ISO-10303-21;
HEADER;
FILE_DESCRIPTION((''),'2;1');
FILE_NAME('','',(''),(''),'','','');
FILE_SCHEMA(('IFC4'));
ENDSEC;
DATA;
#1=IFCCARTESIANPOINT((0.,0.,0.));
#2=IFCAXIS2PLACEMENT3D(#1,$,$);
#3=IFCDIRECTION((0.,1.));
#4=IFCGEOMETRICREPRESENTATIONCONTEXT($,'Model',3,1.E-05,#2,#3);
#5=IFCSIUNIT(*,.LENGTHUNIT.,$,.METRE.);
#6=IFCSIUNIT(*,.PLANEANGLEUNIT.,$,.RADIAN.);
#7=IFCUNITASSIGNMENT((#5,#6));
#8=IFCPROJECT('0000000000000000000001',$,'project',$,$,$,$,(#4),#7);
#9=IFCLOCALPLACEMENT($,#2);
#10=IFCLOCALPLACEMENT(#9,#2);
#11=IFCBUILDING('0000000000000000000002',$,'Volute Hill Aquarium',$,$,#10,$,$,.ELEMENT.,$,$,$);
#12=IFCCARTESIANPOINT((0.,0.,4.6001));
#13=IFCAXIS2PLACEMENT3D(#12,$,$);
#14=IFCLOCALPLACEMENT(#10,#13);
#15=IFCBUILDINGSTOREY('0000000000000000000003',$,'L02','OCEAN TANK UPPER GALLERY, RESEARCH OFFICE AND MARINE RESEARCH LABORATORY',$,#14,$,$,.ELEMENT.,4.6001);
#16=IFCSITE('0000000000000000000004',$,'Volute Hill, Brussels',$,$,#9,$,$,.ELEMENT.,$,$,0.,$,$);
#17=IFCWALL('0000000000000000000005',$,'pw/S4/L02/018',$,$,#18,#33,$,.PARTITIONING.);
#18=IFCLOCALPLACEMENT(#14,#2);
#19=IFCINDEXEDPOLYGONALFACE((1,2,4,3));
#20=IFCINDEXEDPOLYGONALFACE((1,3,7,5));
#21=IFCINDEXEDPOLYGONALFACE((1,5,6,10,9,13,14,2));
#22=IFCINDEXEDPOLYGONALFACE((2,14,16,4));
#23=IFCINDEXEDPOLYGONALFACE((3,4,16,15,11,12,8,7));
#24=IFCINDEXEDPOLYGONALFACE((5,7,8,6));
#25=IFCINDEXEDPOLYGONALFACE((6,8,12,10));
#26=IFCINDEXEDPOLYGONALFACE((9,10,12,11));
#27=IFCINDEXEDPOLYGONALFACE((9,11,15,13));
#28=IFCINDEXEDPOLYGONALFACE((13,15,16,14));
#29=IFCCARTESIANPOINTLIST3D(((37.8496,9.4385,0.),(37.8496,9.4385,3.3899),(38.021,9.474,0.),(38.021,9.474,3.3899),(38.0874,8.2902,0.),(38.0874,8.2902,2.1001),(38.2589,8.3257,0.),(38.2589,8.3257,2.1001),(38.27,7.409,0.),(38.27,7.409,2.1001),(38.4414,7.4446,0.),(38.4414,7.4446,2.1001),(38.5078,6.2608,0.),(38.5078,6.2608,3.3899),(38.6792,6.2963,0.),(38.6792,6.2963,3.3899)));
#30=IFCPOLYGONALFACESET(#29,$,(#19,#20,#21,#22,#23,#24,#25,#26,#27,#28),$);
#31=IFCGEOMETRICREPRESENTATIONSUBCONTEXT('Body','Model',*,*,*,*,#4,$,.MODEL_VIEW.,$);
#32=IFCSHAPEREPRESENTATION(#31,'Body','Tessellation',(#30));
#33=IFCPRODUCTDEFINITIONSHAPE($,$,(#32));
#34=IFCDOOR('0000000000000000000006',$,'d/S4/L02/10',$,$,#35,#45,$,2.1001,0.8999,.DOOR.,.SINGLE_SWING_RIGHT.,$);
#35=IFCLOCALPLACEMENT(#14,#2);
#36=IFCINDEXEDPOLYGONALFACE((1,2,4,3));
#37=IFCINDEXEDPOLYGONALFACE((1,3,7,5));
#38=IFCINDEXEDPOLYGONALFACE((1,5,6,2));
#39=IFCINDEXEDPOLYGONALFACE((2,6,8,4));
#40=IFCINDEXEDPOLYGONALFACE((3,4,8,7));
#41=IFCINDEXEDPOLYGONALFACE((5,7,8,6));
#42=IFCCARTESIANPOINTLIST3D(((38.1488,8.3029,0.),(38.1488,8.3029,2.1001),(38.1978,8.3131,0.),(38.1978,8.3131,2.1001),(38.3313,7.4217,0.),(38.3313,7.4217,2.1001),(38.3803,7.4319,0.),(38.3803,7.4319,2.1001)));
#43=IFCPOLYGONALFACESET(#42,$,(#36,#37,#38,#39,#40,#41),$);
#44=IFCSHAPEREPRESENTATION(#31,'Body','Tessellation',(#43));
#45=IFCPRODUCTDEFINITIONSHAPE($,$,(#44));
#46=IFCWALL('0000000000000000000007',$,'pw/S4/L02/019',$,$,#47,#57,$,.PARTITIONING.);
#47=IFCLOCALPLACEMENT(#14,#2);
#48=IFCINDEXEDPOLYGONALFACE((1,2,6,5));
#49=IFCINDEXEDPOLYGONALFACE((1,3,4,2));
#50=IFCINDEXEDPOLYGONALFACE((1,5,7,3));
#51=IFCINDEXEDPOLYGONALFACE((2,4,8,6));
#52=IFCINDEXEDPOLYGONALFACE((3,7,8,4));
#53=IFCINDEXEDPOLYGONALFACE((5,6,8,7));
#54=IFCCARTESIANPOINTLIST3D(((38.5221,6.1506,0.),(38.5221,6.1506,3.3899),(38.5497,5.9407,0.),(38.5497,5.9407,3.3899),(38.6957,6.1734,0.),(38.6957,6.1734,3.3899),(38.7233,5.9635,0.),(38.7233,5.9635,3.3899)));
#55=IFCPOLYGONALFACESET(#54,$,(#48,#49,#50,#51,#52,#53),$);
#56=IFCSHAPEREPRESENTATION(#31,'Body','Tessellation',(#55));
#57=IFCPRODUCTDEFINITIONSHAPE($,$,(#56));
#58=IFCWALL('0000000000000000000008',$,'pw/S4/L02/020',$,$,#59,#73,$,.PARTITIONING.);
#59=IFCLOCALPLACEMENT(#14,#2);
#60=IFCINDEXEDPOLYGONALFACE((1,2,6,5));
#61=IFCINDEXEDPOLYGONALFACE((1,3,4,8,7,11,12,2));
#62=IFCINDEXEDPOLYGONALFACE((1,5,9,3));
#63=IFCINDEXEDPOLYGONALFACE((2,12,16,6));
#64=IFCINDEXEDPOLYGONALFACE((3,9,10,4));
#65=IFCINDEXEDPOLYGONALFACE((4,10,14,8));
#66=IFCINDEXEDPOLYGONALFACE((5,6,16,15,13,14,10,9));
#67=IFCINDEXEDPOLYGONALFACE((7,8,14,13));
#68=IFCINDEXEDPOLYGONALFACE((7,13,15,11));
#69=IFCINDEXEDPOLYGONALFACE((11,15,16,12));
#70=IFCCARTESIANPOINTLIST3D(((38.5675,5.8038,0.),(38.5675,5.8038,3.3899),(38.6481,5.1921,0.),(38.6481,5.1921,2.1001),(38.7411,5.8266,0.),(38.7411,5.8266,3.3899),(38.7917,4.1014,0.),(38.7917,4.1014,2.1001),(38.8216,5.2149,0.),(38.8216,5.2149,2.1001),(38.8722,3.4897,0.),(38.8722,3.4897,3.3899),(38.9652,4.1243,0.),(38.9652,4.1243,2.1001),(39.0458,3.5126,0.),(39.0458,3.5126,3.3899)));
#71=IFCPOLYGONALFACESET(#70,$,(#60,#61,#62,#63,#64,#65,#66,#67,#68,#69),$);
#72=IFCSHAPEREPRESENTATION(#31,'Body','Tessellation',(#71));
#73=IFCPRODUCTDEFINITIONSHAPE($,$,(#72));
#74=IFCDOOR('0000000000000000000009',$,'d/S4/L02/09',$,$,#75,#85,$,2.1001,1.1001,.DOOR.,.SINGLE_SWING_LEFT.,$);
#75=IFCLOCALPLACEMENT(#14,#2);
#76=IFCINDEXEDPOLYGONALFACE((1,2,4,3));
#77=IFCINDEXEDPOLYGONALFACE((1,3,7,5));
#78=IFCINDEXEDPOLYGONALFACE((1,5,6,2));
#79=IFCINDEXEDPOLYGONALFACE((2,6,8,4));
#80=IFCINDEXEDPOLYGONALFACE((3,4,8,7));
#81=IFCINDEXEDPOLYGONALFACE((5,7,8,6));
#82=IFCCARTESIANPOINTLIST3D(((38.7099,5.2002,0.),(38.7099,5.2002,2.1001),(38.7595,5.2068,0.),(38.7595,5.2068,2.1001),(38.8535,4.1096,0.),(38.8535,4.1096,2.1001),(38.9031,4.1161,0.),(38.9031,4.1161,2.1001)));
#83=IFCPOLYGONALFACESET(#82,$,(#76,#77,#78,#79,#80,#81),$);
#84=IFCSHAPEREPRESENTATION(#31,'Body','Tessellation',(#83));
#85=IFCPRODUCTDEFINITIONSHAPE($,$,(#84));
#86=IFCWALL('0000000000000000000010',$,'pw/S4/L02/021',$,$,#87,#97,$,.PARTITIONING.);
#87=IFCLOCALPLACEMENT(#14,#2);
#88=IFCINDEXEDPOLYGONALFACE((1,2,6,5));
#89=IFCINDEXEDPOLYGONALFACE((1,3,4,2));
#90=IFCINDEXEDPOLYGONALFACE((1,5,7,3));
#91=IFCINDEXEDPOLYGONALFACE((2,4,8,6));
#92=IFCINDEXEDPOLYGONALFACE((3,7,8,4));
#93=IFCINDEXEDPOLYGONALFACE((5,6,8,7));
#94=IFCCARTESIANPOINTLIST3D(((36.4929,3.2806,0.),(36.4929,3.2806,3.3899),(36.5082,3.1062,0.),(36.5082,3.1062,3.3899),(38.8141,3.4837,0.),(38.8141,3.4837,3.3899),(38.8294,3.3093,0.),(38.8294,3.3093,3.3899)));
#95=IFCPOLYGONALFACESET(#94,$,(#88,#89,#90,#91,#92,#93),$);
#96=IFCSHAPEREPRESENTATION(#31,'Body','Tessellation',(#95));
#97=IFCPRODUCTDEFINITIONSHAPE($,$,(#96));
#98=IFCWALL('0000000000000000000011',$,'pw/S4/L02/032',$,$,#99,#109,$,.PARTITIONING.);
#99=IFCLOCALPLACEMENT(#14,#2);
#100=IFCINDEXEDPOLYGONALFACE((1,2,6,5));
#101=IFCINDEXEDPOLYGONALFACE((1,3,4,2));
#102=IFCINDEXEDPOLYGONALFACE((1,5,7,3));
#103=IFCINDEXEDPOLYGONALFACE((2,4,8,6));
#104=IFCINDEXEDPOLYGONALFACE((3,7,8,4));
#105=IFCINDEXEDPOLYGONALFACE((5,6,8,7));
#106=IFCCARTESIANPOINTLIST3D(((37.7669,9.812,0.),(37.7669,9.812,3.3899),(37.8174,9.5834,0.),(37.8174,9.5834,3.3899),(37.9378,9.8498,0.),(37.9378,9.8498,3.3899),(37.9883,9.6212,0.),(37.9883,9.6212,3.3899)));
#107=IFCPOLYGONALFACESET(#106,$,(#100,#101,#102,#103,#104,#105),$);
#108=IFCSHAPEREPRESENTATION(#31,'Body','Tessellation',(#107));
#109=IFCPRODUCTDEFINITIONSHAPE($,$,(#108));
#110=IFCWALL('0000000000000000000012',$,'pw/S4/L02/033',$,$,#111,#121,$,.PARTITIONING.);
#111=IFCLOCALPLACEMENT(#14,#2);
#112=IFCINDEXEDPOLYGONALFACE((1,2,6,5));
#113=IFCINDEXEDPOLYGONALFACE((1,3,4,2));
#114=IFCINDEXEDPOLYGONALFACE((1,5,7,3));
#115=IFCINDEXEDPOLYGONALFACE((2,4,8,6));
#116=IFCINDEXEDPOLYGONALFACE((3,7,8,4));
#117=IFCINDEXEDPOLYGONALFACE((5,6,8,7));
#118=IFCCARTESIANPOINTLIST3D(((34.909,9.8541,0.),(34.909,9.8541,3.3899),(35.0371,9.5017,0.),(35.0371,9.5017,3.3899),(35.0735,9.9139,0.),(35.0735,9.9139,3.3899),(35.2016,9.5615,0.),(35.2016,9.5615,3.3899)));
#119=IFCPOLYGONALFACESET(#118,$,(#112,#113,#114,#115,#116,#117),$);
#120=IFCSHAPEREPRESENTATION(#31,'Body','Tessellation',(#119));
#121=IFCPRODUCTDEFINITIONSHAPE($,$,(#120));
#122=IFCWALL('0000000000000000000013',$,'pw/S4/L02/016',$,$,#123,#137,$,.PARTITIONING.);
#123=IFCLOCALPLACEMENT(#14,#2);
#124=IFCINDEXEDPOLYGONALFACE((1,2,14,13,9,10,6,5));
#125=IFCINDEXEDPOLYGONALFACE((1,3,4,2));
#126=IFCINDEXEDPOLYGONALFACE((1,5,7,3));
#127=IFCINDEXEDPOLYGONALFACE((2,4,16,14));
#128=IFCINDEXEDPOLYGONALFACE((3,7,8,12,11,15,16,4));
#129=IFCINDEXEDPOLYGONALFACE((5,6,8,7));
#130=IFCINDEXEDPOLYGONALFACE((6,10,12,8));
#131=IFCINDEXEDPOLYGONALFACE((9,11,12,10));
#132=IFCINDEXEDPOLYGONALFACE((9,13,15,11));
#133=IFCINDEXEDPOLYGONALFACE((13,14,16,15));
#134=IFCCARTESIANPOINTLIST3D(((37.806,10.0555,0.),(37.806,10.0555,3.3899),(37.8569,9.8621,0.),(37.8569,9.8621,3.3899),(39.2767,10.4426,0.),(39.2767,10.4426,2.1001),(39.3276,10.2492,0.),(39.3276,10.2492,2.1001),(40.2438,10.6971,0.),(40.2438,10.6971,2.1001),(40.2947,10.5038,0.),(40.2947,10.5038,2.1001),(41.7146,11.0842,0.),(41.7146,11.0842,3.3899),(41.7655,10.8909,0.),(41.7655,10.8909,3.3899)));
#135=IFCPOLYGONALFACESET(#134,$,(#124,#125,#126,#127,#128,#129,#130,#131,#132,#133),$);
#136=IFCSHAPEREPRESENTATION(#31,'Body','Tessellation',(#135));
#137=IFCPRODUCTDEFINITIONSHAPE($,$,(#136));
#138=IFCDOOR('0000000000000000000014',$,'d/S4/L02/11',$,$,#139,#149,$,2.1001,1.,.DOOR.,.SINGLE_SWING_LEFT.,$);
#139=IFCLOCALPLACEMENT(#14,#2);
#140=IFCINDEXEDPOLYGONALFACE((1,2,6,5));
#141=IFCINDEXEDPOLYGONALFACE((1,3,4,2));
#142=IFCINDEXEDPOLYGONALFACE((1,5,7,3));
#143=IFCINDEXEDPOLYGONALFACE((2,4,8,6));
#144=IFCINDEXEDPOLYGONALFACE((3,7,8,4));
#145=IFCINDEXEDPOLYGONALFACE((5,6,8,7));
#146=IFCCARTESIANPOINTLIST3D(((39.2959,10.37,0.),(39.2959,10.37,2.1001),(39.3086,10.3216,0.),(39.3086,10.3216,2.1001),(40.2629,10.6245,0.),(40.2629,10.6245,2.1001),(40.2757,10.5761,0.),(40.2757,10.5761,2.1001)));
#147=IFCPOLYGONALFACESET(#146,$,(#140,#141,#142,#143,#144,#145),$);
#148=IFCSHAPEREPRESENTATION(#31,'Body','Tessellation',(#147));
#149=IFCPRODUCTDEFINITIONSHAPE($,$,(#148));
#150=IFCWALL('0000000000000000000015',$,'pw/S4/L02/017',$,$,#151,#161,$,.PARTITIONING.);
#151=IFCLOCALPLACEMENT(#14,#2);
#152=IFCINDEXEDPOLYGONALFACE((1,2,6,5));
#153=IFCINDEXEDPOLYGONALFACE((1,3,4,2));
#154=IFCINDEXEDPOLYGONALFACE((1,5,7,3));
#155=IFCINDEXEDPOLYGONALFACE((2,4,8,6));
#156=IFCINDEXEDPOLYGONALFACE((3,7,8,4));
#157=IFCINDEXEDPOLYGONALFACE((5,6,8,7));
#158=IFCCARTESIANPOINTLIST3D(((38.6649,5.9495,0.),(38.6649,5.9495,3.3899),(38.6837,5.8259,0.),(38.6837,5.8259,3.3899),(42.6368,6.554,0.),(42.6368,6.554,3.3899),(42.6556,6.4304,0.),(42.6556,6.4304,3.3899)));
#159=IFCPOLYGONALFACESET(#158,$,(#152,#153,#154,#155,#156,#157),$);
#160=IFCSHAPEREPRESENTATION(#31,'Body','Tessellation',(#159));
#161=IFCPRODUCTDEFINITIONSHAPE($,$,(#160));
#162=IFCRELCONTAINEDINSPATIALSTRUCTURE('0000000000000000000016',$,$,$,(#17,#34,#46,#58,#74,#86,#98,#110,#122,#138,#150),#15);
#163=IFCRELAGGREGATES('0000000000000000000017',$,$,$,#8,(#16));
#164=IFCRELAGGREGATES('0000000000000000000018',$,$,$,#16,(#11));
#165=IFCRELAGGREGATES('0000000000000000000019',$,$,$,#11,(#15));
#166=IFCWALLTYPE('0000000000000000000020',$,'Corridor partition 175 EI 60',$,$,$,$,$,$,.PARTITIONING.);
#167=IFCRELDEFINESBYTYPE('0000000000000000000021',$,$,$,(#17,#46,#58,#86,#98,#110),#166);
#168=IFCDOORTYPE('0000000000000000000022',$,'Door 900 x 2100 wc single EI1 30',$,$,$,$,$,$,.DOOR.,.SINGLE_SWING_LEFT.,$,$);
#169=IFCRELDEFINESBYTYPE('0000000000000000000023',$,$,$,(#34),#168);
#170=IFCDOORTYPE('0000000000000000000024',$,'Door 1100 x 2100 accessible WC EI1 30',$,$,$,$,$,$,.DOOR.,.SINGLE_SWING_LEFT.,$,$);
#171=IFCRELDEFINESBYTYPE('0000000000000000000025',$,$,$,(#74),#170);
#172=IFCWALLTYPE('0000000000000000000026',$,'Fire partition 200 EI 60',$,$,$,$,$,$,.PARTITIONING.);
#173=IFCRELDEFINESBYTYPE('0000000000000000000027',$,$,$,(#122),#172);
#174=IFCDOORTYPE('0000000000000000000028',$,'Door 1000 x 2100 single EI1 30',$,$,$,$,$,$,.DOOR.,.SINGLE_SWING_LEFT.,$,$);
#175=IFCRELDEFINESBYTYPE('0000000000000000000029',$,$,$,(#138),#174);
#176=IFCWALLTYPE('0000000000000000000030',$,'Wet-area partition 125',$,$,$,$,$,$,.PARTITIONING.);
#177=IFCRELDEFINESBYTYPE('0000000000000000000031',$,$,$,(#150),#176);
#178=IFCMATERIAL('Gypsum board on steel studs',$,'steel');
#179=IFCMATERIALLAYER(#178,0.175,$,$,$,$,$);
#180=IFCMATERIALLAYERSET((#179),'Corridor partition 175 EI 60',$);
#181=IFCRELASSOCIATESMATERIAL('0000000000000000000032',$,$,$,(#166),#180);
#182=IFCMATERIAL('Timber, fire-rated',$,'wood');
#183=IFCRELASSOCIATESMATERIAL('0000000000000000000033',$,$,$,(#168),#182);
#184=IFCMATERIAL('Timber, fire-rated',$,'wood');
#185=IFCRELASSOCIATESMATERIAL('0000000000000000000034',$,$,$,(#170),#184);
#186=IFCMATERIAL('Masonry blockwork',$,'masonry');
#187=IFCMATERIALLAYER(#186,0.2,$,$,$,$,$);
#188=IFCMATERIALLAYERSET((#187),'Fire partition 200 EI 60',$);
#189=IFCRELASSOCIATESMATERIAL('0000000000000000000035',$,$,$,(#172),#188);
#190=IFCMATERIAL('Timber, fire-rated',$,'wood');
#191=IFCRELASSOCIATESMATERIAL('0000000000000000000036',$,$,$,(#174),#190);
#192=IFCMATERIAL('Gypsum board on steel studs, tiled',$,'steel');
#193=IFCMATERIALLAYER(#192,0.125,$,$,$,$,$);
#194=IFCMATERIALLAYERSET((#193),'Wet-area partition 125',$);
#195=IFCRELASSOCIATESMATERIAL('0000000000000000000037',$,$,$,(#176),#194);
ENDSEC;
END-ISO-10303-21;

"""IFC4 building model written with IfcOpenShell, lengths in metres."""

from ifc_helpers import new_model, si_unit, direction, frame, frame_2d, origin, place, context, subcontext, project, spatial, rectangle, extrude, material, layer, layer_set, type_object, element, fill, save


model = new_model("IFC4")

# Units and contexts
model_context = context("Model", 3, precision=1e-05, world=origin(), true_north=direction((0.0, 1.0)))
body_context = subcontext(model_context, "Body", "Model", "MODEL_VIEW")
ifc_project = project(units=[si_unit("LENGTHUNIT", "METRE"), si_unit("PLANEANGLEUNIT", "RADIAN")], contexts=[model_context])

# Site, building, storey
site_placement = place(None, origin())
site = spatial("IfcSite", under=ifc_project, at=site_placement, Name="Volute Hill, Brussels", CompositionType="ELEMENT", RefElevation=0.0)
building_placement = place(site_placement, origin())
building = spatial("IfcBuilding", under=site, at=building_placement, Name="Volute Hill Aquarium", CompositionType="ELEMENT")
storey_placement = place(building_placement, frame((0.0, 0.0, 4.6001)))
storey = spatial("IfcBuildingStorey", under=building, at=storey_placement, Name="L02", Description="OCEAN TANK UPPER GALLERY, RESEARCH OFFICE AND MARINE RESEARCH LABORATORY", CompositionType="ELEMENT", Elevation=4.6001)

# Wall, opening, door
ifc_material_1 = material(Name="Gypsum board on steel studs", Category="steel")
ifc_layer_1 = layer(ifc_material_1, 0.175)
ifc_layer_set_1 = layer_set([ifc_layer_1], Name="Corridor partition 175 EI 60")
wall_type_1 = type_object("IfcWallType", Name="Corridor partition 175 EI 60", PredefinedType="PARTITIONING", material=ifc_layer_set_1)
wall_1_placement = place(storey_placement, frame((38.5935, 6.2786, 0.0), z_axis=(0.0, 0.0, 1.0), x_axis=(-0.202825, 0.979215, 0.0)))
wall_1 = element("IfcWall", 1, at=wall_1_placement, inside=storey, type_object=wall_type_1, Name="pw/S4/L02/018", PredefinedType="PARTITIONING", context=body_context, shape_type="SweptSolid", body=[
    extrude(rectangle(XDim=3.2451, YDim=0.175, at=frame_2d((1.6226, 0.0))), origin(), (0.0, 0.0, 1.0), 3.3899),
])
opening_1_placement = place(wall_1_placement, frame((1.1726, 0.0, 0.0)))
opening_1 = element("IfcOpeningElement", 2, at=opening_1_placement, cuts=wall_1, PredefinedType="OPENING", context=body_context, shape_type="SweptSolid", body=[
    extrude(rectangle(XDim=0.8999, YDim=2.1001, at=frame_2d((0.45, 1.05))), frame((0.0, 0.0974, 0.0), z_axis=(0.0, -1.0, 0.0), x_axis=(1.0, 0.0, 0.0)), (0.0, 0.0, 1.0), 0.1951),
])
ifc_material_2 = material(Name="Timber, fire-rated", Category="wood")
door_type_1 = type_object("IfcDoorType", Name="Door 900 x 2100 wc single EI1 30", OperationType="SINGLE_SWING_LEFT", PredefinedType="DOOR", material=ifc_material_2)
door_1_placement = place(opening_1_placement, origin())
door_1 = element("IfcDoor", 3, at=door_1_placement, inside=storey, type_object=door_type_1, Name="d/S4/L02/10", OperationType="SINGLE_SWING_RIGHT", OverallHeight=2.1001, OverallWidth=0.8999, PredefinedType="DOOR", context=body_context, shape_type="SweptSolid", body=[
    extrude(rectangle(XDim=0.8999, YDim=2.1001, at=frame_2d((0.45, 1.05))), frame((0.0, 0.0249, 0.0), z_axis=(0.0, -1.0, 0.0), x_axis=(1.0, 0.0, 0.0)), (0.0, 0.0, 1.0), 0.05),
])
fill(opening_1, door_1)

# Wall
wall_2_placement = place(storey_placement, frame((38.6089, 6.1621, 0.0), z_axis=(0.0, 0.0, 1.0), x_axis=(0.130276, -0.991478, 0.0)))
element("IfcWall", 4, at=wall_2_placement, inside=storey, type_object=wall_type_1, Name="pw/S4/L02/019", PredefinedType="PARTITIONING", context=body_context, shape_type="SweptSolid", body=[
    extrude(rectangle(XDim=0.2117, YDim=0.175, at=frame_2d((0.106, 0.0))), origin(), (0.0, 0.0, 1.0), 3.3899),
])

# Wall, opening, door
wall_3_placement = place(storey_placement, frame((38.6543, 5.8152, 0.0), z_axis=(0.0, 0.0, 1.0), x_axis=(0.130547, -0.991442, 0.0)))
wall_3 = element("IfcWall", 5, at=wall_3_placement, inside=storey, type_object=wall_type_1, Name="pw/S4/L02/020", PredefinedType="PARTITIONING", context=body_context, shape_type="SweptSolid", body=[
    extrude(rectangle(XDim=2.334, YDim=0.175, at=frame_2d((1.167, 0.0))), origin(), (0.0, 0.0, 1.0), 3.3899),
])
opening_2_placement = place(wall_3_placement, frame((0.6169, 0.0, 0.0)))
opening_2 = element("IfcOpeningElement", 6, at=opening_2_placement, cuts=wall_3, PredefinedType="OPENING", context=body_context, shape_type="SweptSolid", body=[
    extrude(rectangle(XDim=1.1001, YDim=2.1001, at=frame_2d((0.55, 1.05))), frame((0.0, 0.0974, 0.0), z_axis=(0.0, -1.0, 0.0), x_axis=(1.0, 0.0, 0.0)), (0.0, 0.0, 1.0), 0.1951),
])
ifc_material_3 = material(Name="Timber, fire-rated", Category="wood")
door_type_2 = type_object("IfcDoorType", Name="Door 1100 x 2100 accessible WC EI1 30", OperationType="SINGLE_SWING_LEFT", PredefinedType="DOOR", material=ifc_material_3)
door_2_placement = place(opening_2_placement, origin())
door_2 = element("IfcDoor", 7, at=door_2_placement, inside=storey, type_object=door_type_2, Name="d/S4/L02/09", OperationType="SINGLE_SWING_LEFT", OverallHeight=2.1001, OverallWidth=1.1001, PredefinedType="DOOR", context=body_context, shape_type="SweptSolid", body=[
    extrude(rectangle(XDim=1.1001, YDim=2.1001, at=frame_2d((0.55, 1.05))), frame((0.0, 0.0249, 0.0), z_axis=(0.0, -1.0, 0.0), x_axis=(1.0, 0.0, 0.0)), (0.0, 0.0, 1.0), 0.05),
])
fill(opening_2, door_2)

# Walls
wall_4_placement = place(storey_placement, frame((38.8218, 3.3965, 0.0), z_axis=(0.0, 0.0, 1.0), x_axis=(-0.996193, -0.087172, 0.0)))
element("IfcWall", 8, at=wall_4_placement, inside=storey, type_object=wall_type_1, Name="pw/S4/L02/021", PredefinedType="PARTITIONING", context=body_context, shape_type="SweptSolid", body=[
    extrude(rectangle(XDim=2.3301, YDim=0.175, at=frame_2d((1.165, 0.0))), origin(), (0.0, 0.0, 1.0), 3.3899),
])
wall_5_placement = place(storey_placement, frame((37.8523, 9.8311, 0.0), z_axis=(0.0, 0.0, 1.0), x_axis=(0.215936, -0.976407, 0.0)))
element("IfcWall", 9, at=wall_5_placement, inside=storey, type_object=wall_type_1, Name="pw/S4/L02/032", PredefinedType="PARTITIONING", context=body_context, shape_type="SweptSolid", body=[
    extrude(rectangle(XDim=0.2341, YDim=0.175, at=frame_2d((0.1172, 0.0))), origin(), (0.0, 0.0, 1.0), 3.3899),
])
wall_6_placement = place(storey_placement, frame((34.9912, 9.884, 0.0), z_axis=(0.0, 0.0, 1.0), x_axis=(0.341691, -0.939812, 0.0)))
element("IfcWall", 10, at=wall_6_placement, inside=storey, type_object=wall_type_1, Name="pw/S4/L02/033", PredefinedType="PARTITIONING", context=body_context, shape_type="SweptSolid", body=[
    extrude(rectangle(XDim=0.375, YDim=0.175, at=frame_2d((0.1875, 0.0))), origin(), (0.0, 0.0, 1.0), 3.3899),
])

# Wall, opening, door
ifc_material_4 = material(Name="Masonry blockwork", Category="masonry")
ifc_layer_2 = layer(ifc_material_4, 0.2)
ifc_layer_set_2 = layer_set([ifc_layer_2], Name="Fire partition 200 EI 60")
wall_type_2 = type_object("IfcWallType", Name="Fire partition 200 EI 60", PredefinedType="PARTITIONING", material=ifc_layer_set_2)
wall_7_placement = place(storey_placement, frame((37.8313, 9.9587, 0.0), z_axis=(0.0, 0.0, 1.0), x_axis=(0.967062, 0.254541, 0.0)))
wall_7 = element("IfcWall", 11, at=wall_7_placement, inside=storey, type_object=wall_type_2, Name="pw/S4/L02/016", PredefinedType="PARTITIONING", context=body_context, shape_type="SweptSolid", body=[
    extrude(rectangle(XDim=4.0417, YDim=0.2, at=frame_2d((2.021, 0.0))), origin(), (0.0, 0.0, 1.0), 3.3899),
])
opening_3_placement = place(wall_7_placement, frame((1.521, 0.0, 0.0)))
opening_3 = element("IfcOpeningElement", 12, at=opening_3_placement, cuts=wall_7, PredefinedType="OPENING", context=body_context, shape_type="SweptSolid", body=[
    extrude(rectangle(XDim=1.0, YDim=2.1001, at=frame_2d((0.5, 1.05))), frame((0.0, 0.1099, 0.0), z_axis=(0.0, -1.0, 0.0), x_axis=(1.0, 0.0, 0.0)), (0.0, 0.0, 1.0), 0.22),
])
ifc_material_5 = material(Name="Timber, fire-rated", Category="wood")
door_type_3 = type_object("IfcDoorType", Name="Door 1000 x 2100 single EI1 30", OperationType="SINGLE_SWING_LEFT", PredefinedType="DOOR", material=ifc_material_5)
door_3_placement = place(opening_3_placement, origin())
door_3 = element("IfcDoor", 13, at=door_3_placement, inside=storey, type_object=door_type_3, Name="d/S4/L02/11", OperationType="SINGLE_SWING_LEFT", OverallHeight=2.1001, OverallWidth=1.0, PredefinedType="DOOR", context=body_context, shape_type="SweptSolid", body=[
    extrude(rectangle(XDim=1.0, YDim=2.1001, at=frame_2d((0.5, 1.05))), frame((0.0, 0.0249, 0.0), z_axis=(0.0, -1.0, 0.0), x_axis=(1.0, 0.0, 0.0)), (0.0, 0.0, 1.0), 0.05),
])
fill(opening_3, door_3)

# Wall
ifc_material_6 = material(Name="Gypsum board on steel studs, tiled", Category="steel")
ifc_layer_3 = layer(ifc_material_6, 0.125)
ifc_layer_set_3 = layer_set([ifc_layer_3], Name="Wet-area partition 125")
wall_type_3 = type_object("IfcWallType", Name="Wet-area partition 125", PredefinedType="PARTITIONING", material=ifc_layer_set_3)
wall_8_placement = place(storey_placement, frame((38.6743, 5.8877, 0.0), z_axis=(0.0, 0.0, 1.0), x_axis=(0.988616, 0.150459, 0.0)))
element("IfcWall", 14, at=wall_8_placement, inside=storey, type_object=wall_type_3, Name="pw/S4/L02/017", PredefinedType="PARTITIONING", context=body_context, shape_type="SweptSolid", body=[
    extrude(rectangle(XDim=4.0176, YDim=0.125, at=frame_2d((2.0088, 0.0))), origin(), (0.0, 0.0, 1.0), 3.3899),
])

save(model, "model.ifc")
